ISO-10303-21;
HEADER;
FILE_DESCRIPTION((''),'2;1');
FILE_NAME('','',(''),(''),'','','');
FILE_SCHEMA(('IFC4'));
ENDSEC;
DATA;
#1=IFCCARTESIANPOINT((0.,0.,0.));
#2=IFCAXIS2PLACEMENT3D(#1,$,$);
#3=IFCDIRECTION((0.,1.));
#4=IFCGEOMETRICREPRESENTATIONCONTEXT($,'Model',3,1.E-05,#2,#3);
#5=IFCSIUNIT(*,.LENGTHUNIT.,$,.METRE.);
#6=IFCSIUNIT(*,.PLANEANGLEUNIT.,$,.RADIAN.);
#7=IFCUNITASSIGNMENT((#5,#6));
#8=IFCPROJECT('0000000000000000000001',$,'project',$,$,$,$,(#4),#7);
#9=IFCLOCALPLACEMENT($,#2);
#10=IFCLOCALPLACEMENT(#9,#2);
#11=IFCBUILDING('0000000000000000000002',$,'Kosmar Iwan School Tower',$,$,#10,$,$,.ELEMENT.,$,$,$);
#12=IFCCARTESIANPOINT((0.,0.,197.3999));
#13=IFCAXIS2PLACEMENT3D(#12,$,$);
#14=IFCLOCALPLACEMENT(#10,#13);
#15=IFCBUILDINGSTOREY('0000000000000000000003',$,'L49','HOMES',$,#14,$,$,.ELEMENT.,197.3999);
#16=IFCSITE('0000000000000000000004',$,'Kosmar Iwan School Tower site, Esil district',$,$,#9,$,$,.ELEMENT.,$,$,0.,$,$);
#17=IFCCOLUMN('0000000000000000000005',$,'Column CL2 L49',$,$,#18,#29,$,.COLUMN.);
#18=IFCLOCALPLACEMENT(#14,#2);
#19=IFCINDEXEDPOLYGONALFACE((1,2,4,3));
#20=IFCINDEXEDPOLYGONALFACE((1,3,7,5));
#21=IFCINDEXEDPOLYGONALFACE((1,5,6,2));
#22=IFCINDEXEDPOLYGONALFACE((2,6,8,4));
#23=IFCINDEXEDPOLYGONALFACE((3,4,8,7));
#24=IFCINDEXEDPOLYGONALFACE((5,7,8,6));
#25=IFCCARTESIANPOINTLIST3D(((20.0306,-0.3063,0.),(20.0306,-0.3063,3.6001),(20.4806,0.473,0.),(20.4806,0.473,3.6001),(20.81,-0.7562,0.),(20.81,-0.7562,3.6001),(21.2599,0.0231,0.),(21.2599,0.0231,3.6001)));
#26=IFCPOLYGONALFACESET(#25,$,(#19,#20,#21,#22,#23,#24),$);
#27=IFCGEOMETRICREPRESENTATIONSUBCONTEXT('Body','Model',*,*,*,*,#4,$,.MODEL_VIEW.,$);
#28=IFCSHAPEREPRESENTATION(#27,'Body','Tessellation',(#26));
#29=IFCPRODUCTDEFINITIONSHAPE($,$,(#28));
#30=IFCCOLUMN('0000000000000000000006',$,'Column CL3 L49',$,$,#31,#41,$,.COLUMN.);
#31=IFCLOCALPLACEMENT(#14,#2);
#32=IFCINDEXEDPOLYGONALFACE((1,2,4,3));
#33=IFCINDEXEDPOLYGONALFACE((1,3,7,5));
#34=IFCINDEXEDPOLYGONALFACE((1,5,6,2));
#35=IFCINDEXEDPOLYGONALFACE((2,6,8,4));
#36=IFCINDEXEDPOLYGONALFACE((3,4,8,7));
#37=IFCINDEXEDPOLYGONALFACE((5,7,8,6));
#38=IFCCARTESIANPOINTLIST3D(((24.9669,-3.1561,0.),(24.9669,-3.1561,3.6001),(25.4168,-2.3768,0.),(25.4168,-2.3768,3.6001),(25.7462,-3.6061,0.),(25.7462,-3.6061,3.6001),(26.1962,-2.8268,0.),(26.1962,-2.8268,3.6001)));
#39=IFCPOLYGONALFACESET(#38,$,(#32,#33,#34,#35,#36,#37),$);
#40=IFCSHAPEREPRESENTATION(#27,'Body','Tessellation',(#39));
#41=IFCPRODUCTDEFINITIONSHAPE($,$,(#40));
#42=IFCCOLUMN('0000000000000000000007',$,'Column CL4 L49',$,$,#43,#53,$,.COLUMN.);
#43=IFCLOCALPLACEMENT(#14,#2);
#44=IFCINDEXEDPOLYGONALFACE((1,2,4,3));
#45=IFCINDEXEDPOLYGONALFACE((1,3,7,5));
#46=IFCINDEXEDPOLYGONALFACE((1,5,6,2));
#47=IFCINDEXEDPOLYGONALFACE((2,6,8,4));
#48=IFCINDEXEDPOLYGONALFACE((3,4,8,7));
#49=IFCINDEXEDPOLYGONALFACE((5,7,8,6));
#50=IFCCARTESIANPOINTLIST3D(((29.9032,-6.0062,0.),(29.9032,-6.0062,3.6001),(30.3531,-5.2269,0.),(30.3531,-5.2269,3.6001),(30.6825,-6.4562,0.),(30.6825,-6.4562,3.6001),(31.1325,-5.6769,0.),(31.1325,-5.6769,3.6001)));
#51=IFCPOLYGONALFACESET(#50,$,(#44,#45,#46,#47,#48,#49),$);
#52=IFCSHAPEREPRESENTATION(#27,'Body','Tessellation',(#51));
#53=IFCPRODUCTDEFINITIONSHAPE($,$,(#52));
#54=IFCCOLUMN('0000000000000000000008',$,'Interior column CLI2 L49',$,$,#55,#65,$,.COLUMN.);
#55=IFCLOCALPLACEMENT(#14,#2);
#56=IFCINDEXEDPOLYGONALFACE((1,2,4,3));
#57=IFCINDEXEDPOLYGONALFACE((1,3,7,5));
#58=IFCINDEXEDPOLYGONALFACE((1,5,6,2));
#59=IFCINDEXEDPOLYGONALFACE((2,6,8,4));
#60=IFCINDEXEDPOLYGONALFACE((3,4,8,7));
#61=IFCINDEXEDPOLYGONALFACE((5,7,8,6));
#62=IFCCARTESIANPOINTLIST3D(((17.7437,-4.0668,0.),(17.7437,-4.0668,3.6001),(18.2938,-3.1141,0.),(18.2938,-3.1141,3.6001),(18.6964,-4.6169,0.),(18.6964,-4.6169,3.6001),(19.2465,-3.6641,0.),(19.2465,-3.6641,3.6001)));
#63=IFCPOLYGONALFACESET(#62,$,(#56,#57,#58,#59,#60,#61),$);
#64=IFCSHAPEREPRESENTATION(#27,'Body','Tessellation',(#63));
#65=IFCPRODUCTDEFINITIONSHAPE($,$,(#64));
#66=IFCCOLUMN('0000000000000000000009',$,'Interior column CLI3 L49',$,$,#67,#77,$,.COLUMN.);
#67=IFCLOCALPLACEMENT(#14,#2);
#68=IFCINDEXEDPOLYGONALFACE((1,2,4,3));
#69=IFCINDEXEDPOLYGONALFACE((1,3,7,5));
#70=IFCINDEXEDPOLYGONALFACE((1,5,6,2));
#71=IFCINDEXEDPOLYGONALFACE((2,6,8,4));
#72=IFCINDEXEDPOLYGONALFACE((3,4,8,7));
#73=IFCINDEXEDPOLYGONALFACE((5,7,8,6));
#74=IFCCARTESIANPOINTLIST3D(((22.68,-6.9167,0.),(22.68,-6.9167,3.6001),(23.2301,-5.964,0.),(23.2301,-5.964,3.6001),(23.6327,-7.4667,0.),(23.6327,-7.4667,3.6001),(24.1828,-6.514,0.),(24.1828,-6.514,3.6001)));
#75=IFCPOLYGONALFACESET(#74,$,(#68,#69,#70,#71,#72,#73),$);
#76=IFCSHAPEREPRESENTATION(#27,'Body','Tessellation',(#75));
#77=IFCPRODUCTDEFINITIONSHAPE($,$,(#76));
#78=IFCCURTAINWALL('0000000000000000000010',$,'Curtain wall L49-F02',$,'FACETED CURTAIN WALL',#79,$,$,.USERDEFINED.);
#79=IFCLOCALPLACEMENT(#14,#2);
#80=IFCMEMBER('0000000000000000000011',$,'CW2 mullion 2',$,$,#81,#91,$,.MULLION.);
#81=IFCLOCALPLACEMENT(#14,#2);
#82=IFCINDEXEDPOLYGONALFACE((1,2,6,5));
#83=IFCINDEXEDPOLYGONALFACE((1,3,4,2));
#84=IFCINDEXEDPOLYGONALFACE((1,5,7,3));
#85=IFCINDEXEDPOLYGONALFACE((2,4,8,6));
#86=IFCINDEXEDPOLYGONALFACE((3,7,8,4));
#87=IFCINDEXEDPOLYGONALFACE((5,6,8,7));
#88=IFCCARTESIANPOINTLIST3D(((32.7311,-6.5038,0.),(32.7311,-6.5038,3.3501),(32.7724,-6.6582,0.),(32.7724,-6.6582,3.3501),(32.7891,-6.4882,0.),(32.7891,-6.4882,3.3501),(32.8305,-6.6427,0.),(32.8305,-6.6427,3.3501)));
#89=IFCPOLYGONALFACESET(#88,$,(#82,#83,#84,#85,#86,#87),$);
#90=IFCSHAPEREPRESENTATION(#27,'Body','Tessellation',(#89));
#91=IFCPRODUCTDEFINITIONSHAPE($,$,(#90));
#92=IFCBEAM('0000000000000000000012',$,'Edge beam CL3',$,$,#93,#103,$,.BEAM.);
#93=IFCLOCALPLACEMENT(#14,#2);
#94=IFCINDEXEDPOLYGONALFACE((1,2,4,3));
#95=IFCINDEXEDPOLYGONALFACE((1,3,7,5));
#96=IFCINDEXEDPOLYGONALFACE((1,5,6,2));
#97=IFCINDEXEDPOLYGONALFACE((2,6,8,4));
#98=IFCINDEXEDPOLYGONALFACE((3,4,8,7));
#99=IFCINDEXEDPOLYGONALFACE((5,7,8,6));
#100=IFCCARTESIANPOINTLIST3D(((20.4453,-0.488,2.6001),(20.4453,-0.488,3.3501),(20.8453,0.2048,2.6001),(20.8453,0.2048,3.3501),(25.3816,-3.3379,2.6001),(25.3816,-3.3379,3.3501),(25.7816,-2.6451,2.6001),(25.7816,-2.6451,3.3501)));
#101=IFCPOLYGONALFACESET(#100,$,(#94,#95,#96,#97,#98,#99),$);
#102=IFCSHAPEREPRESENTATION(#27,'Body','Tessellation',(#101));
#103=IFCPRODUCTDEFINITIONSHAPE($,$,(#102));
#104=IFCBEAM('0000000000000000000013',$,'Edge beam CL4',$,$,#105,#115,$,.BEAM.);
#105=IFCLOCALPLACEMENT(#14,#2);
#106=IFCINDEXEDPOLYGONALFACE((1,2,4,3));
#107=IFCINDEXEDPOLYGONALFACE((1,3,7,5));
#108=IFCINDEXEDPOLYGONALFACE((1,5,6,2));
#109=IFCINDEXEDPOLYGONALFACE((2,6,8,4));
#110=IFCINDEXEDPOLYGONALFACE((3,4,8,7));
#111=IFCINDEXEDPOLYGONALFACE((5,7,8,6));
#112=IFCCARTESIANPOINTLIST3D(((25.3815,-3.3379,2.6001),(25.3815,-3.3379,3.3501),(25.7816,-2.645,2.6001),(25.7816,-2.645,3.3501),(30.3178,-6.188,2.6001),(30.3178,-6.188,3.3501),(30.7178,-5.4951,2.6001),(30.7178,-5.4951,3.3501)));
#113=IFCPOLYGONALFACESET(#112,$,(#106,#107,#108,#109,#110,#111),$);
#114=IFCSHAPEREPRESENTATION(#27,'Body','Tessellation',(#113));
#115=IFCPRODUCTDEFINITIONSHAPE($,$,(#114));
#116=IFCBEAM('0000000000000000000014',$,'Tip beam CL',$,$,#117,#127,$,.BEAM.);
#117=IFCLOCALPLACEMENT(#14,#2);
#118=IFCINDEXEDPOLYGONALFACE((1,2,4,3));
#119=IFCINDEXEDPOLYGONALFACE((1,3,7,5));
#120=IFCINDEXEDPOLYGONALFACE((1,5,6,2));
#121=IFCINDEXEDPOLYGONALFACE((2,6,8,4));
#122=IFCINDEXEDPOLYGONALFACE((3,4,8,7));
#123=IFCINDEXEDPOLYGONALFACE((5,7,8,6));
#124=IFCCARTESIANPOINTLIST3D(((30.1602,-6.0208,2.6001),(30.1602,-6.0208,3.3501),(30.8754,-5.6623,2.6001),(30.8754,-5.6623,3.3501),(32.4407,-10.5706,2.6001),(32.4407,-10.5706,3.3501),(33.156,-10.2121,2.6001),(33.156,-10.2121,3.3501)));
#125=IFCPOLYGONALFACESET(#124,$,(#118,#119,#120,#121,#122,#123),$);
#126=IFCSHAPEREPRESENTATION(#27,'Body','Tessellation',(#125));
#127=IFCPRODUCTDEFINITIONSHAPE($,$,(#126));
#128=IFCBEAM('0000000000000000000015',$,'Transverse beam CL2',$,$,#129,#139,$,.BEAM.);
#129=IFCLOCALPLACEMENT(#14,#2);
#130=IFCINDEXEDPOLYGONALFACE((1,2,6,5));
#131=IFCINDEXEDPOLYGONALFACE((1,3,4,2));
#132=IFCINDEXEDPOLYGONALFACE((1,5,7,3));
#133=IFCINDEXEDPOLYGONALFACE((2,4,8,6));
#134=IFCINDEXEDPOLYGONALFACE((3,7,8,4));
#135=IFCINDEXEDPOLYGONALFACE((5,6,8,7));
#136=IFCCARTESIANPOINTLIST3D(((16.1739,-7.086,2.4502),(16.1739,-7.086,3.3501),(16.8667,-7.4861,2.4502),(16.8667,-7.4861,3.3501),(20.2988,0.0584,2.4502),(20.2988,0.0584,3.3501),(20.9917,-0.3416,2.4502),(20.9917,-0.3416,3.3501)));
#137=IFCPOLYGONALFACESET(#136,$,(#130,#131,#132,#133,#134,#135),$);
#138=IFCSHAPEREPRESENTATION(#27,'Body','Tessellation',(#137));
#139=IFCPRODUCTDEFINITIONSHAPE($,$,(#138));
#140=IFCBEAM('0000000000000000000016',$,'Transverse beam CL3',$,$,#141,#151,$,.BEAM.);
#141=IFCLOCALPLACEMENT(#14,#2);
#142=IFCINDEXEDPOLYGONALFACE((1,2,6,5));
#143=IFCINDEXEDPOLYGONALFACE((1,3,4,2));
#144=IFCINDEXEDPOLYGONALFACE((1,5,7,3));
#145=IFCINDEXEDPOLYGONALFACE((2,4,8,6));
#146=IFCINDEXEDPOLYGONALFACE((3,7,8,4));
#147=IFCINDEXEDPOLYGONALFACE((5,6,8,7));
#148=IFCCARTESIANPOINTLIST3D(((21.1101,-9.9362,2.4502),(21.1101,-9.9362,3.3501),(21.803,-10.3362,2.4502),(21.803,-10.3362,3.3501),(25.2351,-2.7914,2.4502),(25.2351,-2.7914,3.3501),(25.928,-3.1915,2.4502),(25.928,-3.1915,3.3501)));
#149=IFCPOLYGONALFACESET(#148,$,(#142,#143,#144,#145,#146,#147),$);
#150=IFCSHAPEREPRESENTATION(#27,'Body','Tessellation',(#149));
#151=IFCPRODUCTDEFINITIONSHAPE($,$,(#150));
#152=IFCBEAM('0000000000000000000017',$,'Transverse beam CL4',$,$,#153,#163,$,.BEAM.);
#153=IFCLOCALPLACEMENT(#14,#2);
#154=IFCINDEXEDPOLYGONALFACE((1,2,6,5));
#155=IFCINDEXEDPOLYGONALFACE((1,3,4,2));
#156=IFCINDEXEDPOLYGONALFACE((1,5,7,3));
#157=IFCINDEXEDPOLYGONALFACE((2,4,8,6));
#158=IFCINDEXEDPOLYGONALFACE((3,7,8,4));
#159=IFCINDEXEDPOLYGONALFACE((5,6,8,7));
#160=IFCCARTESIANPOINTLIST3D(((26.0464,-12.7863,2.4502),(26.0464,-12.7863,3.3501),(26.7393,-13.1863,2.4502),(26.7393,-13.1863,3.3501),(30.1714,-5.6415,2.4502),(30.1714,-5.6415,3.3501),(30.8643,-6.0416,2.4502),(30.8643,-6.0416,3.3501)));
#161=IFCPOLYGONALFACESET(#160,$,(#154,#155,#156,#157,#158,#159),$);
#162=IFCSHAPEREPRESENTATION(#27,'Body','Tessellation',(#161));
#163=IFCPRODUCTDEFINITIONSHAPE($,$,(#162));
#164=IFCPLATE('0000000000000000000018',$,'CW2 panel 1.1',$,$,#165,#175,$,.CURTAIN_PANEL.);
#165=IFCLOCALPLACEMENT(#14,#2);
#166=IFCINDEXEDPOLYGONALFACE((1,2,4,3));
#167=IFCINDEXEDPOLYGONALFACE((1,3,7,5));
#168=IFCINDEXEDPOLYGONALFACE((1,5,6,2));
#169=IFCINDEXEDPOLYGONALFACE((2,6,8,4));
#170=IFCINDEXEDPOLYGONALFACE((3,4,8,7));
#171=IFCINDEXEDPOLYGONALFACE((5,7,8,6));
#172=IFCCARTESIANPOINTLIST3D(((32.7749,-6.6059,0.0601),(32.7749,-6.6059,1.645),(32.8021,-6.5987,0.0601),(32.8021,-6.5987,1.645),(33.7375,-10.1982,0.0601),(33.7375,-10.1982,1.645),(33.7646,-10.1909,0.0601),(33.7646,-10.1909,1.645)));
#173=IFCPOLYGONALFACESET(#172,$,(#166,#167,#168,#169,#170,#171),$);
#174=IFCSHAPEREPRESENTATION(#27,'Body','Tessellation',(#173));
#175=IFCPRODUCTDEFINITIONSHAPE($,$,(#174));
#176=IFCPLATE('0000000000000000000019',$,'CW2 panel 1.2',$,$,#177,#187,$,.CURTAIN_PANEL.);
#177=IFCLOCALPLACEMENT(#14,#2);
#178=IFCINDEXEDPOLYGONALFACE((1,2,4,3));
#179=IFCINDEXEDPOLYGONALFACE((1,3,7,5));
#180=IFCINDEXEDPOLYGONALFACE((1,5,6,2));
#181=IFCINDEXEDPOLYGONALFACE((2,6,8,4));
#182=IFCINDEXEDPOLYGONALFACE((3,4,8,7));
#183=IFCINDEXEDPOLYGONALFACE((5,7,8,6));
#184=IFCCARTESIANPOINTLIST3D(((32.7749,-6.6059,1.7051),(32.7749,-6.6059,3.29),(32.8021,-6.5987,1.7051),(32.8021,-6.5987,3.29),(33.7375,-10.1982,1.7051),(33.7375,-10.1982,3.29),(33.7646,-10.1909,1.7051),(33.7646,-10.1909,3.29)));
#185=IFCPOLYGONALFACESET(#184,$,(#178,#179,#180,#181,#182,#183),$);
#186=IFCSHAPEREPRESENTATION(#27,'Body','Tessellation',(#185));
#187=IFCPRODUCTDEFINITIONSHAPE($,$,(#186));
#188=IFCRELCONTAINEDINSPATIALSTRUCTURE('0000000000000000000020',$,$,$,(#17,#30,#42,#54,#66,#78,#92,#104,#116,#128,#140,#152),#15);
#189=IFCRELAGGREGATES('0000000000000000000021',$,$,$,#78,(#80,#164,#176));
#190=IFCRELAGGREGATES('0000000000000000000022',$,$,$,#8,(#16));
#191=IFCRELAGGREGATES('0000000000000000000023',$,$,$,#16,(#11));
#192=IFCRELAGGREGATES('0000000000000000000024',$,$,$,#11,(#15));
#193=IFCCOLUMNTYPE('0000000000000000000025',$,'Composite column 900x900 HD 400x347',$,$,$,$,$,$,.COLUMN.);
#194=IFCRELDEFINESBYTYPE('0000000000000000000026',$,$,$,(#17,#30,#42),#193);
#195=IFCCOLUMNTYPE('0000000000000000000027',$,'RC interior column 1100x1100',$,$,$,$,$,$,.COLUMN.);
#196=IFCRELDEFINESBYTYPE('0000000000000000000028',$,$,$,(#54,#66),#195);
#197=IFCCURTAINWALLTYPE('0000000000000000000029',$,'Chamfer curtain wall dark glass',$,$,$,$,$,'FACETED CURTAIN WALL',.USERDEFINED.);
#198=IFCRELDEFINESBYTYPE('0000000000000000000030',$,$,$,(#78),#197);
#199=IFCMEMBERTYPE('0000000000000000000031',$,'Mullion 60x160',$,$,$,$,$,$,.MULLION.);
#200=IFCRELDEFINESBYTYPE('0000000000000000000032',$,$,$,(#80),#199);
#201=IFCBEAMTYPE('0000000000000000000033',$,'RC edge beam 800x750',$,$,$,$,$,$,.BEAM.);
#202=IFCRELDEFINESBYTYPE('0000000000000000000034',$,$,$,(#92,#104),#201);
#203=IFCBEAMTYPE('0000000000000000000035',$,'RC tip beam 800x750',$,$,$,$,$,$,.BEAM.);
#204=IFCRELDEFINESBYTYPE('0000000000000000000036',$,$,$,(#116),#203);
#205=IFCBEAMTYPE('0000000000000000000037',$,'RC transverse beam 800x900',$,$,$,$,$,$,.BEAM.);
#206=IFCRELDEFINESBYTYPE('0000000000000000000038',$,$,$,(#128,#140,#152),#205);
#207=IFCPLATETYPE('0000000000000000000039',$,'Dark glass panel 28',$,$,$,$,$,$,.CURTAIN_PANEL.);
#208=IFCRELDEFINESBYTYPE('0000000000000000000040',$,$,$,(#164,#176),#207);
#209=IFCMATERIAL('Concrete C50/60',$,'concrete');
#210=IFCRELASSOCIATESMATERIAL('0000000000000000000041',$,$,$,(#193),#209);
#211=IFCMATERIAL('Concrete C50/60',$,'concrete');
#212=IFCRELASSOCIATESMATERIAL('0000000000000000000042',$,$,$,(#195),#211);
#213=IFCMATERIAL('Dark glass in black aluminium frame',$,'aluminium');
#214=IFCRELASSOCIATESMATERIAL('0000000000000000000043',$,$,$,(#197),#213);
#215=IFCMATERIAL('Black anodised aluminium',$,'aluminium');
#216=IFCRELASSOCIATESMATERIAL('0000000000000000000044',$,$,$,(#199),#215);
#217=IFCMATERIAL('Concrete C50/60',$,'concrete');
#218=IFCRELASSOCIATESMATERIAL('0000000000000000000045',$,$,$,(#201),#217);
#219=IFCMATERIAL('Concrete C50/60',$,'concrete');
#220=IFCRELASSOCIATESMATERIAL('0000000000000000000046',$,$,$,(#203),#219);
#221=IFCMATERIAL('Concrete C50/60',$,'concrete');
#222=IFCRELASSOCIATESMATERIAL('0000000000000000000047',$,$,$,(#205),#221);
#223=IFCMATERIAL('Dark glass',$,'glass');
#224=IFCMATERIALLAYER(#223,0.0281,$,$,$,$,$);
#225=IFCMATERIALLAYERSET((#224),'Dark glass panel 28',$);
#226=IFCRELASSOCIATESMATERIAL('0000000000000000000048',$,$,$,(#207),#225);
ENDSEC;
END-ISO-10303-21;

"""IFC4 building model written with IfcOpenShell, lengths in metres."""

from ifc_helpers import new_model, si_unit, direction, frame, origin, origin_2d, place, context, subcontext, project, spatial, rectangle, extrude, material, layer, layer_set, material_profile, profile_set, type_object, element, aggregate, save


model = new_model("IFC4")

# Units and contexts
model_context = context("Model", 3, precision=1e-05, world=origin(), true_north=direction((0.0, 1.0)))
body_context = subcontext(model_context, "Body", "Model", "MODEL_VIEW")
ifc_project = project(units=[si_unit("LENGTHUNIT", "METRE"), si_unit("PLANEANGLEUNIT", "RADIAN")], contexts=[model_context])

# Site, building, storey
site_placement = place(None, origin())
site = spatial("IfcSite", under=ifc_project, at=site_placement, Name="Kosmar Iwan School Tower site, Esil district", CompositionType="ELEMENT", RefElevation=0.0)
building_placement = place(site_placement, origin())
building = spatial("IfcBuilding", under=site, at=building_placement, Name="Kosmar Iwan School Tower", CompositionType="ELEMENT")
storey_placement = place(building_placement, frame((0.0, 0.0, 197.3999)))
storey = spatial("IfcBuildingStorey", under=building, at=storey_placement, Name="L49", Description="HOMES", CompositionType="ELEMENT", Elevation=197.3999)

# Columns
ifc_material_1 = material(Name="Concrete C50/60", Category="concrete")
ifc_material_profile_1 = material_profile(ifc_material_1, rectangle(XDim=0.8999, YDim=0.8999, at=origin_2d()), Name="RC 900x900 + HD 400x347")
ifc_profile_set_1 = profile_set([ifc_material_profile_1], Name="Concrete C50/60")
column_type_1 = type_object("IfcColumnType", Name="Composite column 900x900 HD 400x347", PredefinedType="COLUMN", material=ifc_profile_set_1)
for number, where, z_axis, x_axis, name in (
    (1, (20.6453, -0.1416, 0.0), (0.0, 0.0, 1.0), (0.866025, -0.5, 0.0), "Column CL2 L49"),
    (2, (25.5815, -2.9915, 0.0), (0.0, 0.0, 1.0), (0.866025, -0.5, 0.0), "Column CL3 L49"),
    (3, (30.5178, -5.8416, 0.0), (0.0, 0.0, 1.0), (0.866025, -0.5, 0.0), "Column CL4 L49"),
):
    element("IfcColumn", number, at=place(storey_placement, frame(where, z_axis=z_axis, x_axis=x_axis)), inside=storey, type_object=column_type_1, Name=name, PredefinedType="COLUMN", context=body_context, shape_type="SweptSolid", body=[
        extrude(rectangle(XDim=0.8999, YDim=0.8999, at=origin_2d()), origin(), (0.0, 0.0, 1.0), 3.6001),
    ])
ifc_material_2 = material(Name="Concrete C50/60", Category="concrete")
ifc_material_profile_2 = material_profile(ifc_material_2, rectangle(XDim=1.1001, YDim=1.1001, at=origin_2d()), Name="RC 1100x1100")
ifc_profile_set_2 = profile_set([ifc_material_profile_2], Name="Concrete C50/60")
column_type_2 = type_object("IfcColumnType", Name="RC interior column 1100x1100", PredefinedType="COLUMN", material=ifc_profile_set_2)
for number, where, z_axis, x_axis, name in (
    (4, (18.4951, -3.8655, 0.0), (0.0, 0.0, 1.0), (0.866025, -0.5, 0.0), "Interior column CLI2 L49"),
    (5, (23.4314, -6.7153, 0.0), (0.0, 0.0, 1.0), (0.866025, -0.5, 0.0), "Interior column CLI3 L49"),
):
    element("IfcColumn", number, at=place(storey_placement, frame(where, z_axis=z_axis, x_axis=x_axis)), inside=storey, type_object=column_type_2, Name=name, PredefinedType="COLUMN", context=body_context, shape_type="SweptSolid", body=[
        extrude(rectangle(XDim=1.1001, YDim=1.1001, at=origin_2d()), origin(), (0.0, 0.0, 1.0), 3.6001),
    ])

# Curtain wall, member
ifc_material_3 = material(Name="Dark glass in black aluminium frame", Category="aluminium")
curtain_wall_type = type_object("IfcCurtainWallType", Name="Chamfer curtain wall dark glass", ElementType="FACETED CURTAIN WALL", PredefinedType="USERDEFINED", material=ifc_material_3)
curtain_wall_placement = place(storey_placement, origin())
curtain_wall = element("IfcCurtainWall", 6, at=curtain_wall_placement, inside=storey, type_object=curtain_wall_type, Name="Curtain wall L49-F02", ObjectType="FACETED CURTAIN WALL", PredefinedType="USERDEFINED")
ifc_material_4 = material(Name="Black anodised aluminium", Category="aluminium")
ifc_material_profile_3 = material_profile(ifc_material_4, rectangle(XDim=0.0601, YDim=0.1599, at=origin_2d()), Name="MULLION 60x160")
ifc_profile_set_3 = profile_set([ifc_material_profile_3], Name="Black anodised aluminium")
member_type = type_object("IfcMemberType", Name="Mullion 60x160", PredefinedType="MULLION", material=ifc_profile_set_3)
member_placement = place(storey_placement, frame((32.7808, -6.5732, 0.0), z_axis=(0.0, 0.0, 1.0), x_axis=(-0.965926, -0.258819, 0.0)))
member = element("IfcMember", 7, at=member_placement, type_object=member_type, Name="CW2 mullion 2", PredefinedType="MULLION", context=body_context, shape_type="SweptSolid", body=[
    extrude(rectangle(XDim=0.0601, YDim=0.1599, at=origin_2d()), origin(), (0.0, 0.0, 1.0), 3.3501),
])

# Beams
ifc_material_5 = material(Name="Concrete C50/60", Category="concrete")
ifc_material_profile_4 = material_profile(ifc_material_5, rectangle(XDim=0.8, YDim=0.75, at=origin_2d()), Name="RC 800x750")
ifc_profile_set_4 = profile_set([ifc_material_profile_4], Name="Concrete C50/60")
beam_type_1 = type_object("IfcBeamType", Name="RC edge beam 800x750", PredefinedType="BEAM", material=ifc_profile_set_4)
for number, where, z_axis, x_axis, name in (
    (8, (20.6453, -0.1416, 2.9751), (0.866034, -0.499986, 0.0), (0.499986, 0.866034, 0.0), "Edge beam CL3"),
    (9, (25.5815, -2.9915, 2.9751), (0.866015, -0.500018, 0.0), (0.500018, 0.866015, 0.0), "Edge beam CL4"),
):
    element("IfcBeam", number, at=place(storey_placement, frame(where, z_axis=z_axis, x_axis=x_axis)), inside=storey, type_object=beam_type_1, Name=name, PredefinedType="BEAM", context=body_context, shape_type="SweptSolid", body=[
        extrude(rectangle(XDim=0.8, YDim=0.75, at=origin_2d()), origin(), (0.0, 0.0, 1.0), 5.7),
    ])
ifc_material_6 = material(Name="Concrete C50/60", Category="concrete")
ifc_material_profile_5 = material_profile(ifc_material_6, rectangle(XDim=0.8, YDim=0.75, at=origin_2d()), Name="RC 800x750")
ifc_profile_set_5 = profile_set([ifc_material_profile_5], Name="Concrete C50/60")
beam_type_2 = type_object("IfcBeamType", Name="RC tip beam 800x750", PredefinedType="BEAM", material=ifc_profile_set_5)
beam_1_placement = place(storey_placement, frame((30.5178, -5.8416, 2.9751), z_axis=(0.448096, -0.893985, 0.0), x_axis=(0.893985, 0.448096, 0.0)))
element("IfcBeam", 10, at=beam_1_placement, inside=storey, type_object=beam_type_2, Name="Tip beam CL", PredefinedType="BEAM", context=body_context, shape_type="SweptSolid", body=[
    extrude(rectangle(XDim=0.8, YDim=0.75, at=origin_2d()), origin(), (0.0, 0.0, 1.0), 5.0894),
])
ifc_material_7 = material(Name="Concrete C50/60", Category="concrete")
ifc_material_profile_6 = material_profile(ifc_material_7, rectangle(XDim=0.8, YDim=0.8999, at=origin_2d()), Name="RC 800x900")
ifc_profile_set_6 = profile_set([ifc_material_profile_6], Name="Concrete C50/60")
beam_type_3 = type_object("IfcBeamType", Name="RC transverse beam 800x900", PredefinedType="BEAM", material=ifc_profile_set_6)
beam_2_placement = place(storey_placement, frame((20.6453, -0.1416, 2.9001), z_axis=(-0.500009, -0.86602, 0.0), x_axis=(0.86602, -0.500009, 0.0)))
element("IfcBeam", 11, at=beam_2_placement, inside=storey, type_object=beam_type_3, Name="Transverse beam CL2", PredefinedType="BEAM", context=body_context, shape_type="SweptSolid", body=[
    extrude(rectangle(XDim=0.8, YDim=0.8999, at=origin_2d()), origin(), (0.0, 0.0, 1.0), 8.2498),
])
for number, where, z_axis, x_axis, name in (
    (12, (25.5815, -2.9915, 2.9001), (-0.499997, -0.866027, 0.0), (0.866027, -0.499997, 0.0), "Transverse beam CL3"),
    (13, (30.5178, -5.8416, 2.9001), (-0.499997, -0.866027, 0.0), (0.866027, -0.499997, 0.0), "Transverse beam CL4"),
):
    element("IfcBeam", number, at=place(storey_placement, frame(where, z_axis=z_axis, x_axis=x_axis)), inside=storey, type_object=beam_type_3, Name=name, PredefinedType="BEAM", context=body_context, shape_type="SweptSolid", body=[
        extrude(rectangle(XDim=0.8, YDim=0.8999, at=origin_2d()), origin(), (0.0, 0.0, 1.0), 8.25),
    ])

# Plates
ifc_material_8 = material(Name="Dark glass", Category="glass")
ifc_layer_1 = layer(ifc_material_8, 0.0281)
ifc_layer_set_1 = layer_set([ifc_layer_1], Name="Dark glass panel 28")
plate_type = type_object("IfcPlateType", Name="Dark glass panel 28", PredefinedType="CURTAIN_PANEL", material=ifc_layer_set_1)
plate_1_placement = place(storey_placement, frame((33.2698, -8.3984, 0.0601), z_axis=(0.0, 0.0, 1.0), x_axis=(-0.258819, 0.965926, 0.0)))
plate_1 = element("IfcPlate", 14, at=plate_1_placement, type_object=plate_type, Name="CW2 panel 1.1", PredefinedType="CURTAIN_PANEL", context=body_context, shape_type="SweptSolid", body=[
    extrude(rectangle(XDim=3.719, YDim=0.0281, at=origin_2d()), origin(), (0.0, 0.0, 1.0), 1.585),
])
plate_2_placement = place(storey_placement, frame((33.2698, -8.3984, 1.7051), z_axis=(0.0, 0.0, 1.0), x_axis=(-0.258819, 0.965926, 0.0)))
plate_2 = element("IfcPlate", 15, at=plate_2_placement, type_object=plate_type, Name="CW2 panel 1.2", PredefinedType="CURTAIN_PANEL", context=body_context, shape_type="SweptSolid", body=[
    extrude(rectangle(XDim=3.719, YDim=0.0281, at=origin_2d()), origin(), (0.0, 0.0, 1.0), 1.585),
])
aggregate(curtain_wall, [member, plate_1, plate_2])

save(model, "model.ifc")
